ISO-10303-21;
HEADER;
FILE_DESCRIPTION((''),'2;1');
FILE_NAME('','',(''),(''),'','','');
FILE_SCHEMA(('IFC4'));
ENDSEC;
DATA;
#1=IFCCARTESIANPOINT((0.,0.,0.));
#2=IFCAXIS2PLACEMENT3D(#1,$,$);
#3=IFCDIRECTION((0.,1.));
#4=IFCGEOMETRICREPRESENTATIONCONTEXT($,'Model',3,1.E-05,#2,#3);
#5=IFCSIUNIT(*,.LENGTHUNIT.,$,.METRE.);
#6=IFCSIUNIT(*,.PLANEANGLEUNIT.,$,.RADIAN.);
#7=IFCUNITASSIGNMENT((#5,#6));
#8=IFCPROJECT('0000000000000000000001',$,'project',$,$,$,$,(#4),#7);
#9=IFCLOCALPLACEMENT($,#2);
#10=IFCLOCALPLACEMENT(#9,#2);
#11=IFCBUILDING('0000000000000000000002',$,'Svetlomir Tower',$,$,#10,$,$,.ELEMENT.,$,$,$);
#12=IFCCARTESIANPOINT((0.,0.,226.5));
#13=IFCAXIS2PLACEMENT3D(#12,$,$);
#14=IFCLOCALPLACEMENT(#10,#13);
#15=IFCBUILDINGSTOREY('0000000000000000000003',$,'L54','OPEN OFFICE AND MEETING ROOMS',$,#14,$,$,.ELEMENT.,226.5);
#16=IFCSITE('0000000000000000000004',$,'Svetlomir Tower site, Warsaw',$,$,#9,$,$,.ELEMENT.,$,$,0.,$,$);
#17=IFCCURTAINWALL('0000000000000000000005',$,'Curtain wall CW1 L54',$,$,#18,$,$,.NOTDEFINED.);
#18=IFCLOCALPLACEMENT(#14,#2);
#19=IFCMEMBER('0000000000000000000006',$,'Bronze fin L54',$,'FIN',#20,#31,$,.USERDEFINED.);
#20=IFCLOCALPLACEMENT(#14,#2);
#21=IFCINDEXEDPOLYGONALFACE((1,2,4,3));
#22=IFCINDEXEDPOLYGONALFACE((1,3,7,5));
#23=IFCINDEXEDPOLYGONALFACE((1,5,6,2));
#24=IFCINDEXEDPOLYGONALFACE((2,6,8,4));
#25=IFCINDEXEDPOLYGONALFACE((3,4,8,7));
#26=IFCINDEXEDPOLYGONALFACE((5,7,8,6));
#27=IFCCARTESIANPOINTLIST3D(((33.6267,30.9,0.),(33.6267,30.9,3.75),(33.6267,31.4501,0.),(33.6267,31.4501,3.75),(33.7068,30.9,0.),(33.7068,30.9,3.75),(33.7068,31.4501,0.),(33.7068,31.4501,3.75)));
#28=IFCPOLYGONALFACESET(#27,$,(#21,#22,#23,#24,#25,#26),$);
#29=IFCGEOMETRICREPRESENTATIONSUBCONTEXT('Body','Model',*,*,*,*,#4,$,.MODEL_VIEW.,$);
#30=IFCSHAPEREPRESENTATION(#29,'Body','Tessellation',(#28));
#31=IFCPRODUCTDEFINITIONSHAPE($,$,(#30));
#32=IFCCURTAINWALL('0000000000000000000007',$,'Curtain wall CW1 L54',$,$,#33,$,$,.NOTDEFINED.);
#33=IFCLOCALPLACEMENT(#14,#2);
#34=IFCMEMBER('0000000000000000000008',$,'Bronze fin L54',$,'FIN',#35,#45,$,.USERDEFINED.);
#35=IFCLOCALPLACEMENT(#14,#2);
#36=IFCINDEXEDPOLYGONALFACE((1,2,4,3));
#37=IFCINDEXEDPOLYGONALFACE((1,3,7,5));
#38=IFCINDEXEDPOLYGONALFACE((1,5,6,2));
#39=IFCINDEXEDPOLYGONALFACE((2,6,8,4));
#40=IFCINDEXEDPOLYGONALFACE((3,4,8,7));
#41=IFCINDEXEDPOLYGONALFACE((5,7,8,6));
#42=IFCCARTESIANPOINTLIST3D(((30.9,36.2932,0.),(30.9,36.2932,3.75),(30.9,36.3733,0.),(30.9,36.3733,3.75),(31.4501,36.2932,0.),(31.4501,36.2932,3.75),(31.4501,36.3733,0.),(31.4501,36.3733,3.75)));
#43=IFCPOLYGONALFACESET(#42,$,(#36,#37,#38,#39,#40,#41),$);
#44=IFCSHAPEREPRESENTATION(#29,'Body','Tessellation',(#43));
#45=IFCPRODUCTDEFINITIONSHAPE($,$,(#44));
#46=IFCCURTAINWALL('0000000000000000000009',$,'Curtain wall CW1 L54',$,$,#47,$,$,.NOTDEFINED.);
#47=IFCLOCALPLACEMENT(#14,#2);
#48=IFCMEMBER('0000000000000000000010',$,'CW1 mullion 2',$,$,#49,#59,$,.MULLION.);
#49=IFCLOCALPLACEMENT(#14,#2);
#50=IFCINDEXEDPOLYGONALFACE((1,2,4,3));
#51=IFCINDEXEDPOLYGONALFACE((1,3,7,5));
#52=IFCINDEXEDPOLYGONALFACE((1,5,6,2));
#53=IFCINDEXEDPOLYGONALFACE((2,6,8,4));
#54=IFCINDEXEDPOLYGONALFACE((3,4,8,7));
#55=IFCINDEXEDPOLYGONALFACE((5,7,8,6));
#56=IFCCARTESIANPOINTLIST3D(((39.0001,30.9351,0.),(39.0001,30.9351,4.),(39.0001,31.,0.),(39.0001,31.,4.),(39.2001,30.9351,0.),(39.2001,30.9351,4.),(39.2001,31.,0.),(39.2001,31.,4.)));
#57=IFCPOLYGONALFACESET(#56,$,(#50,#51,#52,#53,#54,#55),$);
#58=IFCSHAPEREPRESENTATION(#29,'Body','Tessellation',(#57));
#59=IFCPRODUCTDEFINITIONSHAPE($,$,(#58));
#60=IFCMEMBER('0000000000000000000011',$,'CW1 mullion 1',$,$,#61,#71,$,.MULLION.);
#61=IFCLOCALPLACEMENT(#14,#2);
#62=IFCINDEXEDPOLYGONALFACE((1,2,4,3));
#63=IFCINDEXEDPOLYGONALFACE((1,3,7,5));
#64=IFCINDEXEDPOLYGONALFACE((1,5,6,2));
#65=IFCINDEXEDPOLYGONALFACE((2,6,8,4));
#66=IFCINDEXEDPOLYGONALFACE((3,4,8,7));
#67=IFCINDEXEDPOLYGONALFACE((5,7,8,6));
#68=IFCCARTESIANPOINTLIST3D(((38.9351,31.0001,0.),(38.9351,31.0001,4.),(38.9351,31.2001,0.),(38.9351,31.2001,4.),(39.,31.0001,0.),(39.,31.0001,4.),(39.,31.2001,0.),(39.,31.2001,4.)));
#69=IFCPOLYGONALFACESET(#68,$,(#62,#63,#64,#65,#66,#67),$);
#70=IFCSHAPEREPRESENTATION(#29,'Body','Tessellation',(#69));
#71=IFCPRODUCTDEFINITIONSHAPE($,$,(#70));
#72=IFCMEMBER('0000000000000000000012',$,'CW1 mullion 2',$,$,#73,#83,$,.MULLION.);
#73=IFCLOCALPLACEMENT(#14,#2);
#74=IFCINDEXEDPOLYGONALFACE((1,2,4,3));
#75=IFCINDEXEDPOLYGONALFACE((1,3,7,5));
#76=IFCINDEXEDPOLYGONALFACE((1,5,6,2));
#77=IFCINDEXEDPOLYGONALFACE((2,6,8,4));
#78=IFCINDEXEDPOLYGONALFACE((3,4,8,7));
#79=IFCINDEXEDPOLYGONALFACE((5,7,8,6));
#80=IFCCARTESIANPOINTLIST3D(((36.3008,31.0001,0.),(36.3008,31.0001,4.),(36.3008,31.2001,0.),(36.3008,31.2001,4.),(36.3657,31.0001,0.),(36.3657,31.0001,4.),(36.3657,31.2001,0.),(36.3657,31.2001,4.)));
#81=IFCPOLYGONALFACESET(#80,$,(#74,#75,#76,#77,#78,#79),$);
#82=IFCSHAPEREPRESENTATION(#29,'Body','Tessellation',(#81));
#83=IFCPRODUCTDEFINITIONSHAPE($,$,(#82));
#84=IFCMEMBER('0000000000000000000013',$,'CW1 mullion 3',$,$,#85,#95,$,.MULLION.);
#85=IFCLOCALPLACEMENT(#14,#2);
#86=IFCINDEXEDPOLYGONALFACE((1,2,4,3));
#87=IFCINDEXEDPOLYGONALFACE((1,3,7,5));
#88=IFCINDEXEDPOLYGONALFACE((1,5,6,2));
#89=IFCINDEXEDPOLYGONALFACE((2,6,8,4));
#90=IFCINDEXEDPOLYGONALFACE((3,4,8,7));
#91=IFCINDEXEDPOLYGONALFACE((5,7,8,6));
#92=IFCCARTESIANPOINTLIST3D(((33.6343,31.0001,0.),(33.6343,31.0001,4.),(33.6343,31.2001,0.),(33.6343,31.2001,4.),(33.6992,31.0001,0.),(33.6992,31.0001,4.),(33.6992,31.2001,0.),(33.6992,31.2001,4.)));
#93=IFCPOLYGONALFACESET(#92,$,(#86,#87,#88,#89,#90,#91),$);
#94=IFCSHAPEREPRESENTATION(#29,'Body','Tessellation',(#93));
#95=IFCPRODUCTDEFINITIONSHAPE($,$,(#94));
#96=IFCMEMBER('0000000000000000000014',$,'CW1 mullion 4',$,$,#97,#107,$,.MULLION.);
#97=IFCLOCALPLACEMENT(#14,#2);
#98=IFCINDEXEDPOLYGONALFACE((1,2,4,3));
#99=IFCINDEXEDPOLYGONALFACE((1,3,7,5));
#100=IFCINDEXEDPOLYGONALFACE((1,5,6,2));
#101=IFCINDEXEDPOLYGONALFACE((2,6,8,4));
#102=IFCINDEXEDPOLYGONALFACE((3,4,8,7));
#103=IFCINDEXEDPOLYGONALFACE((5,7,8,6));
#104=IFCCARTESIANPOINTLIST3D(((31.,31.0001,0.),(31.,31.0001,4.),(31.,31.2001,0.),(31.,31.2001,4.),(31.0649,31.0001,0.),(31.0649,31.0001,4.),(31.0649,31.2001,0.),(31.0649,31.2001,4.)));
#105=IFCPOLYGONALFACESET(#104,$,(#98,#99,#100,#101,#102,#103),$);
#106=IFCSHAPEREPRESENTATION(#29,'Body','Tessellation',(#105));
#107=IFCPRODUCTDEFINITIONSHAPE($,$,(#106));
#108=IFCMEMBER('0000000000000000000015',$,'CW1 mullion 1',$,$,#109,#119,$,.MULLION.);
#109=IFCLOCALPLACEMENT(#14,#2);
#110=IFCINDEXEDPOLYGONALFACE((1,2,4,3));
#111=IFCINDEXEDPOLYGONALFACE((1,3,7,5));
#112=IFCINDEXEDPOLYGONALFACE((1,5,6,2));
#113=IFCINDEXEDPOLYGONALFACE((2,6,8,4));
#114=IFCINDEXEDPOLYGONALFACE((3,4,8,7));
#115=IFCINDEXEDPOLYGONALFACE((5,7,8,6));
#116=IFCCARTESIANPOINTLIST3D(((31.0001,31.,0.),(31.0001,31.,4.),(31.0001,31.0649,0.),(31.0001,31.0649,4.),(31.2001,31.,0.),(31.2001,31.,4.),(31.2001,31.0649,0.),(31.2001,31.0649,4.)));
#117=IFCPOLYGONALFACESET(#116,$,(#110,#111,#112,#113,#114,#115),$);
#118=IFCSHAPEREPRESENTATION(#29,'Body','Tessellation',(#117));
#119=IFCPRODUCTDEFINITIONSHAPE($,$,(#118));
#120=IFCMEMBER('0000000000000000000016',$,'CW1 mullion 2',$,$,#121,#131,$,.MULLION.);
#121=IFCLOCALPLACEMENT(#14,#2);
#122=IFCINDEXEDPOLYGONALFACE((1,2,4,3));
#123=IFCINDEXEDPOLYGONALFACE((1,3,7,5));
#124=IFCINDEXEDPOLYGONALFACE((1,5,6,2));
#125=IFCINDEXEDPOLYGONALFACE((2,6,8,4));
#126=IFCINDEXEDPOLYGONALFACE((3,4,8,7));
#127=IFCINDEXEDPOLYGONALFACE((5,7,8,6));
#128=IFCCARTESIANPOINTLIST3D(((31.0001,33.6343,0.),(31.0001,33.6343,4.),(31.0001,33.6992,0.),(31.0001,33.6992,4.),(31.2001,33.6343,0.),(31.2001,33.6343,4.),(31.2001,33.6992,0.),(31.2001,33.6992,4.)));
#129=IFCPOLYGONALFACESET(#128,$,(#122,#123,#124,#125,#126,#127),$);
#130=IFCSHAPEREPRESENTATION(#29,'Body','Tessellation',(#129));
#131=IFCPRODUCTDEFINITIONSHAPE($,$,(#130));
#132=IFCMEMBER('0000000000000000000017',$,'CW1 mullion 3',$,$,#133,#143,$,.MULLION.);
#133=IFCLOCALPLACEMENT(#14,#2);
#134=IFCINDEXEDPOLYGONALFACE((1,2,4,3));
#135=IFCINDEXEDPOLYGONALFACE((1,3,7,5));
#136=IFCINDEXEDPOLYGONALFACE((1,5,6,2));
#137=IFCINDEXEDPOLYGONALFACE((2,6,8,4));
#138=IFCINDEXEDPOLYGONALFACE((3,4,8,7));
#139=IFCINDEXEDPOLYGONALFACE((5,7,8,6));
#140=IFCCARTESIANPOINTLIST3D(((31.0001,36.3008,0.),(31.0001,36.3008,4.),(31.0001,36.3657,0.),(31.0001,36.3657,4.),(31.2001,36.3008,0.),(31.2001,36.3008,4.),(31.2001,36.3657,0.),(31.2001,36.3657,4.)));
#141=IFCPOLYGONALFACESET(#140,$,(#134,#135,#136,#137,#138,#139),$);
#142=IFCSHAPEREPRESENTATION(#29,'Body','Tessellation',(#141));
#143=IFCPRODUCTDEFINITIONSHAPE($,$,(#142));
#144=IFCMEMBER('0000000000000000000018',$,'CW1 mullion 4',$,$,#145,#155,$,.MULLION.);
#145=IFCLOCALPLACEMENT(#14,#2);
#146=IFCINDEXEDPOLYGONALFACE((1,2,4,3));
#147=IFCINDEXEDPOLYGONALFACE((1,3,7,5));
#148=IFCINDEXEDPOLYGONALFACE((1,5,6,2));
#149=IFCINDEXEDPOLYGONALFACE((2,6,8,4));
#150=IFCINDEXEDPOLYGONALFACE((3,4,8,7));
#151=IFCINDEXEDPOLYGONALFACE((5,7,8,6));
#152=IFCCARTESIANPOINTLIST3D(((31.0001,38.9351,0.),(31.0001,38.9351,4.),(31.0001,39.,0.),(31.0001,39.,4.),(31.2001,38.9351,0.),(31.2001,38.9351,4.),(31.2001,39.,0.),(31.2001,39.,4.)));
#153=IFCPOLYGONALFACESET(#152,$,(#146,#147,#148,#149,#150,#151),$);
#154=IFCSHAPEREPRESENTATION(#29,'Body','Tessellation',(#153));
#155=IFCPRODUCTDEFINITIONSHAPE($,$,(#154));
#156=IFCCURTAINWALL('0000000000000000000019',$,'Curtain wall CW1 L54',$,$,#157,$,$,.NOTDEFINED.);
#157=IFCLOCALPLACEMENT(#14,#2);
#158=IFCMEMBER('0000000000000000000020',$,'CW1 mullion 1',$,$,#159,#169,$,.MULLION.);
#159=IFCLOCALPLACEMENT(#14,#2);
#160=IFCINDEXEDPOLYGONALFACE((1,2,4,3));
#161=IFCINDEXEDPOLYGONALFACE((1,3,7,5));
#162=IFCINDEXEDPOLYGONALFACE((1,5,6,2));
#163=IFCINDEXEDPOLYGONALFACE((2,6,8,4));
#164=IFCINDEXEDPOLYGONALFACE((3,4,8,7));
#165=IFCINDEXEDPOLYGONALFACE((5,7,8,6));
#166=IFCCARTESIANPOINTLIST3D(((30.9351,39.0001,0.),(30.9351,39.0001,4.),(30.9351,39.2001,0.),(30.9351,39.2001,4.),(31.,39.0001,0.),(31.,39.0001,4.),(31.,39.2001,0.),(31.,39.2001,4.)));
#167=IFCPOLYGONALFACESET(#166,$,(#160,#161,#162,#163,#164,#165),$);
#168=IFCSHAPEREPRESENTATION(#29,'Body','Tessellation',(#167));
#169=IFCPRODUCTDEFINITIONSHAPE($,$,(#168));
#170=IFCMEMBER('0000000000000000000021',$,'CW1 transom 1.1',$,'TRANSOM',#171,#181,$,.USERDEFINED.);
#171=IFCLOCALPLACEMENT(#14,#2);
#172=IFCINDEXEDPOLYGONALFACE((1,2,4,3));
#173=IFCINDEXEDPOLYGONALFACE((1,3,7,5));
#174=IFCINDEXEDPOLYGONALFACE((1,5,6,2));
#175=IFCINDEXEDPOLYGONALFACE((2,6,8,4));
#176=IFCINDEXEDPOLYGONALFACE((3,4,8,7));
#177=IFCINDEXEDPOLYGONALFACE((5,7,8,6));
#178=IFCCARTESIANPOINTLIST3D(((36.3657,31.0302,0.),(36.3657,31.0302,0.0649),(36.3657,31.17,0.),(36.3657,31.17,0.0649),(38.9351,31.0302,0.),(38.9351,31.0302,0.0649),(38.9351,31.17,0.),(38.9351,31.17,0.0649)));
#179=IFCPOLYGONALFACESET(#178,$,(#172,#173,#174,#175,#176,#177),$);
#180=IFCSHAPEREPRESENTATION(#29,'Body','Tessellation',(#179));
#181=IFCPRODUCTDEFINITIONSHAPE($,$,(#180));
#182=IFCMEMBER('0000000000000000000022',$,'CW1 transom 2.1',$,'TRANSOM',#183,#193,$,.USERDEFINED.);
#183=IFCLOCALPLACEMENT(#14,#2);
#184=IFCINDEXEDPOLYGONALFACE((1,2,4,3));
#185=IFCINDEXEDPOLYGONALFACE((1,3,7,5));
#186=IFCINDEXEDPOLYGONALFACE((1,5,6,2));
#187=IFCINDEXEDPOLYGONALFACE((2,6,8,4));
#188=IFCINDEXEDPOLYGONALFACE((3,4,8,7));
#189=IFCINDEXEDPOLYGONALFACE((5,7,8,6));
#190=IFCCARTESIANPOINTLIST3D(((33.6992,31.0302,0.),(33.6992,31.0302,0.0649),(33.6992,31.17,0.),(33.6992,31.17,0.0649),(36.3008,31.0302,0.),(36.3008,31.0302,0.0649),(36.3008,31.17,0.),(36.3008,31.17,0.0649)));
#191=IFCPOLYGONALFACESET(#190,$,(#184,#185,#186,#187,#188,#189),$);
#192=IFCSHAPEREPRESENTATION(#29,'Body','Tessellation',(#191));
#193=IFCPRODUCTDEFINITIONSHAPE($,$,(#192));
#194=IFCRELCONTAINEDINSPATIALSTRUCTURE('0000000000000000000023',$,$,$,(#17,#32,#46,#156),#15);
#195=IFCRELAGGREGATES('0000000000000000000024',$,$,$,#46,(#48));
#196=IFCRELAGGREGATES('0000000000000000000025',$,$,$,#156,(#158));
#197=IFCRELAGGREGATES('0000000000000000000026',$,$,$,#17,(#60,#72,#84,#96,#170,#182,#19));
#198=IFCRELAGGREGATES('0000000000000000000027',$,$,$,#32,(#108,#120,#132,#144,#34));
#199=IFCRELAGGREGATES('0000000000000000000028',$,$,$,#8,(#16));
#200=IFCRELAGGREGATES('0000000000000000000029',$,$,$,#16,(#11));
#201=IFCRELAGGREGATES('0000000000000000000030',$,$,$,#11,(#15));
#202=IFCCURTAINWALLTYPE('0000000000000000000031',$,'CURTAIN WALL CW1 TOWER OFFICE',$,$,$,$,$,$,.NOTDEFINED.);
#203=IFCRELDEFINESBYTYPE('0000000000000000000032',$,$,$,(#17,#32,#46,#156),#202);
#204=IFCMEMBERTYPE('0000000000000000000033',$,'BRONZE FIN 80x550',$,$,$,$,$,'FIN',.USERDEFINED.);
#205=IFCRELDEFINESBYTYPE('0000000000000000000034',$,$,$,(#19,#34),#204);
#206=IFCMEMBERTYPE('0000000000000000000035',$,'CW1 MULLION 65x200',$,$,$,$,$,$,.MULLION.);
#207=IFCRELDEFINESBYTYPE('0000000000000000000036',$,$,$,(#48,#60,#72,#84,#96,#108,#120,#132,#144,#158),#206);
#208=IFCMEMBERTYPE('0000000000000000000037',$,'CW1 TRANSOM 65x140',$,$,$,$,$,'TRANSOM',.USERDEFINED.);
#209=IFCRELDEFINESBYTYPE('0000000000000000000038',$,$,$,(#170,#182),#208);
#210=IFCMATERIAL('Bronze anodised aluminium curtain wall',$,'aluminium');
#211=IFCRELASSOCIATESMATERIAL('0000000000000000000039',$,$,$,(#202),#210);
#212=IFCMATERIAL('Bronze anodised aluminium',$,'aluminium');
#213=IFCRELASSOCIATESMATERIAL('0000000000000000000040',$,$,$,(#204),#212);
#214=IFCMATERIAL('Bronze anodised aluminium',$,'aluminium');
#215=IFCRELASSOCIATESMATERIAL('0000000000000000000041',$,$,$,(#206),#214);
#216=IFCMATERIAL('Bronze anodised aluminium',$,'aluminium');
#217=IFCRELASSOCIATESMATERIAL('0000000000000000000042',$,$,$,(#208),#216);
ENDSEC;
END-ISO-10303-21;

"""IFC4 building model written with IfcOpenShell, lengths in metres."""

from ifc_helpers import new_model, si_unit, direction, frame, origin, origin_2d, place, context, subcontext, project, spatial, rectangle, extrude, material, material_profile, profile_set, type_object, element, aggregate, save


model = new_model("IFC4")

# Units and contexts
model_context = context("Model", 3, precision=1e-05, world=origin(), true_north=direction((0.0, 1.0)))
body_context = subcontext(model_context, "Body", "Model", "MODEL_VIEW")
ifc_project = project(units=[si_unit("LENGTHUNIT", "METRE"), si_unit("PLANEANGLEUNIT", "RADIAN")], contexts=[model_context])

# Site, building, storey
site_placement = place(None, origin())
site = spatial("IfcSite", under=ifc_project, at=site_placement, Name="Svetlomir Tower site, Warsaw", CompositionType="ELEMENT", RefElevation=0.0)
building_placement = place(site_placement, origin())
building = spatial("IfcBuilding", under=site, at=building_placement, Name="Svetlomir Tower", CompositionType="ELEMENT")
storey_placement = place(building_placement, frame((0.0, 0.0, 226.5)))
storey = spatial("IfcBuildingStorey", under=building, at=storey_placement, Name="L54", Description="OPEN OFFICE AND MEETING ROOMS", CompositionType="ELEMENT", Elevation=226.5)

# Curtain walls, members
ifc_material_1 = material(Name="Bronze anodised aluminium curtain wall", Category="aluminium")
curtain_wall_type = type_object("IfcCurtainWallType", Name="CURTAIN WALL CW1 TOWER OFFICE", PredefinedType="NOTDEFINED", material=ifc_material_1)
curtain_wall_1_placement = place(storey_placement, origin())
curtain_wall_1 = element("IfcCurtainWall", 1, at=curtain_wall_1_placement, inside=storey, type_object=curtain_wall_type, Name="Curtain wall CW1 L54", PredefinedType="NOTDEFINED")
ifc_material_2 = material(Name="Bronze anodised aluminium", Category="aluminium")
ifc_material_profile_1 = material_profile(ifc_material_2, rectangle(XDim=0.0801, YDim=0.55, at=origin_2d()), Name="FIN 80x550")
ifc_profile_set_1 = profile_set([ifc_material_profile_1], Name="Bronze anodised aluminium 6063-T6")
member_type_1 = type_object("IfcMemberType", Name="BRONZE FIN 80x550", ElementType="FIN", PredefinedType="USERDEFINED", material=ifc_profile_set_1)
member_1_placement = place(storey_placement, frame((33.6667, 31.175, 0.0), z_axis=(0.0, 0.0, 1.0), x_axis=(1.0, 0.0, 0.0)))
member_1 = element("IfcMember", 2, at=member_1_placement, type_object=member_type_1, Name="Bronze fin L54", ObjectType="FIN", PredefinedType="USERDEFINED", context=body_context, shape_type="SweptSolid", body=[
    extrude(rectangle(XDim=0.0801, YDim=0.55, at=origin_2d()), origin(), (0.0, 0.0, 1.0), 3.75),
])
curtain_wall_2_placement = place(storey_placement, origin())
curtain_wall_2 = element("IfcCurtainWall", 3, at=curtain_wall_2_placement, inside=storey, type_object=curtain_wall_type, Name="Curtain wall CW1 L54", PredefinedType="NOTDEFINED")
member_2_placement = place(storey_placement, frame((31.175, 36.3333, 0.0), z_axis=(0.0, 0.0, 1.0), x_axis=(0.0, 1.0, 0.0)))
member_2 = element("IfcMember", 4, at=member_2_placement, type_object=member_type_1, Name="Bronze fin L54", ObjectType="FIN", PredefinedType="USERDEFINED", context=body_context, shape_type="SweptSolid", body=[
    extrude(rectangle(XDim=0.0801, YDim=0.55, at=origin_2d()), origin(), (0.0, 0.0, 1.0), 3.75),
])
curtain_wall_3_placement = place(storey_placement, origin())
curtain_wall_3 = element("IfcCurtainWall", 5, at=curtain_wall_3_placement, inside=storey, type_object=curtain_wall_type, Name="Curtain wall CW1 L54", PredefinedType="NOTDEFINED")
ifc_material_3 = material(Name="Bronze anodised aluminium", Category="aluminium")
ifc_material_profile_2 = material_profile(ifc_material_3, rectangle(XDim=0.0649, YDim=0.2, at=origin_2d()), Name="AL 65x200")
ifc_profile_set_2 = profile_set([ifc_material_profile_2], Name="Bronze anodised aluminium 6063-T6")
member_type_2 = type_object("IfcMemberType", Name="CW1 MULLION 65x200", PredefinedType="MULLION", material=ifc_profile_set_2)
member_3_placement = place(storey_placement, frame((39.1001, 30.9675, 0.0), z_axis=(0.0, 0.0, 1.0), x_axis=(0.0, 1.0, 0.0)))
member_3 = element("IfcMember", 6, at=member_3_placement, type_object=member_type_2, Name="CW1 mullion 2", PredefinedType="MULLION", context=body_context, shape_type="SweptSolid", body=[
    extrude(rectangle(XDim=0.0649, YDim=0.2, at=origin_2d()), origin(), (0.0, 0.0, 1.0), 4.0),
])
aggregate(curtain_wall_3, [member_3])

# Members
member_4_placement = place(storey_placement, frame((38.9675, 31.1001, 0.0), z_axis=(0.0, 0.0, 1.0), x_axis=(-1.0, 0.0, 0.0)))
member_4 = element("IfcMember", 7, at=member_4_placement, type_object=member_type_2, Name="CW1 mullion 1", PredefinedType="MULLION", context=body_context, shape_type="SweptSolid", body=[
    extrude(rectangle(XDim=0.0649, YDim=0.2, at=origin_2d()), origin(), (0.0, 0.0, 1.0), 4.0),
])
member_5_placement = place(storey_placement, frame((36.3333, 31.1001, 0.0), z_axis=(0.0, 0.0, 1.0), x_axis=(-1.0, 0.0, 0.0)))
member_5 = element("IfcMember", 8, at=member_5_placement, type_object=member_type_2, Name="CW1 mullion 2", PredefinedType="MULLION", context=body_context, shape_type="SweptSolid", body=[
    extrude(rectangle(XDim=0.0649, YDim=0.2, at=origin_2d()), origin(), (0.0, 0.0, 1.0), 4.0),
])
member_6_placement = place(storey_placement, frame((33.6667, 31.1001, 0.0), z_axis=(0.0, 0.0, 1.0), x_axis=(-1.0, 0.0, 0.0)))
member_6 = element("IfcMember", 9, at=member_6_placement, type_object=member_type_2, Name="CW1 mullion 3", PredefinedType="MULLION", context=body_context, shape_type="SweptSolid", body=[
    extrude(rectangle(XDim=0.0649, YDim=0.2, at=origin_2d()), origin(), (0.0, 0.0, 1.0), 4.0),
])
member_7_placement = place(storey_placement, frame((31.0325, 31.1001, 0.0), z_axis=(0.0, 0.0, 1.0), x_axis=(-1.0, 0.0, 0.0)))
member_7 = element("IfcMember", 10, at=member_7_placement, type_object=member_type_2, Name="CW1 mullion 4", PredefinedType="MULLION", context=body_context, shape_type="SweptSolid", body=[
    extrude(rectangle(XDim=0.0649, YDim=0.2, at=origin_2d()), origin(), (0.0, 0.0, 1.0), 4.0),
])
member_8_placement = place(storey_placement, frame((31.1001, 31.0325, 0.0), z_axis=(0.0, 0.0, 1.0), x_axis=(0.0, 1.0, 0.0)))
member_8 = element("IfcMember", 11, at=member_8_placement, type_object=member_type_2, Name="CW1 mullion 1", PredefinedType="MULLION", context=body_context, shape_type="SweptSolid", body=[
    extrude(rectangle(XDim=0.0649, YDim=0.2, at=origin_2d()), origin(), (0.0, 0.0, 1.0), 4.0),
])
member_9_placement = place(storey_placement, frame((31.1001, 33.6667, 0.0), z_axis=(0.0, 0.0, 1.0), x_axis=(0.0, 1.0, 0.0)))
member_9 = element("IfcMember", 12, at=member_9_placement, type_object=member_type_2, Name="CW1 mullion 2", PredefinedType="MULLION", context=body_context, shape_type="SweptSolid", body=[
    extrude(rectangle(XDim=0.0649, YDim=0.2, at=origin_2d()), origin(), (0.0, 0.0, 1.0), 4.0),
])
member_10_placement = place(storey_placement, frame((31.1001, 36.3333, 0.0), z_axis=(0.0, 0.0, 1.0), x_axis=(0.0, 1.0, 0.0)))
member_10 = element("IfcMember", 13, at=member_10_placement, type_object=member_type_2, Name="CW1 mullion 3", PredefinedType="MULLION", context=body_context, shape_type="SweptSolid", body=[
    extrude(rectangle(XDim=0.0649, YDim=0.2, at=origin_2d()), origin(), (0.0, 0.0, 1.0), 4.0),
])
member_11_placement = place(storey_placement, frame((31.1001, 38.9675, 0.0), z_axis=(0.0, 0.0, 1.0), x_axis=(0.0, 1.0, 0.0)))
member_11 = element("IfcMember", 14, at=member_11_placement, type_object=member_type_2, Name="CW1 mullion 4", PredefinedType="MULLION", context=body_context, shape_type="SweptSolid", body=[
    extrude(rectangle(XDim=0.0649, YDim=0.2, at=origin_2d()), origin(), (0.0, 0.0, 1.0), 4.0),
])

# Curtain wall, member
curtain_wall_4_placement = place(storey_placement, origin())
curtain_wall_4 = element("IfcCurtainWall", 15, at=curtain_wall_4_placement, inside=storey, type_object=curtain_wall_type, Name="Curtain wall CW1 L54", PredefinedType="NOTDEFINED")
member_12_placement = place(storey_placement, frame((30.9675, 39.1001, 0.0), z_axis=(0.0, 0.0, 1.0), x_axis=(-1.0, 0.0, 0.0)))
member_12 = element("IfcMember", 16, at=member_12_placement, type_object=member_type_2, Name="CW1 mullion 1", PredefinedType="MULLION", context=body_context, shape_type="SweptSolid", body=[
    extrude(rectangle(XDim=0.0649, YDim=0.2, at=origin_2d()), origin(), (0.0, 0.0, 1.0), 4.0),
])

# Members
ifc_material_4 = material(Name="Bronze anodised aluminium", Category="aluminium")
ifc_material_profile_3 = material_profile(ifc_material_4, rectangle(XDim=0.1399, YDim=0.0649, at=origin_2d()), Name="AL 140x65")
ifc_profile_set_3 = profile_set([ifc_material_profile_3], Name="Bronze anodised aluminium 6063-T6")
member_type_3 = type_object("IfcMemberType", Name="CW1 TRANSOM 65x140", ElementType="TRANSOM", PredefinedType="USERDEFINED", material=ifc_profile_set_3)
member_13_placement = place(storey_placement, frame((38.9351, 31.1001, 0.0325), z_axis=(-1.0, 0.0, 0.0), x_axis=(0.0, -1.0, 0.0)))
member_13 = element("IfcMember", 17, at=member_13_placement, type_object=member_type_3, Name="CW1 transom 1.1", ObjectType="TRANSOM", PredefinedType="USERDEFINED", context=body_context, shape_type="SweptSolid", body=[
    extrude(rectangle(XDim=0.1399, YDim=0.0649, at=origin_2d()), origin(), (0.0, 0.0, 1.0), 2.5693),
])
member_14_placement = place(storey_placement, frame((36.3008, 31.1001, 0.0325), z_axis=(-1.0, 0.0, 0.0), x_axis=(0.0, -1.0, 0.0)))
member_14 = element("IfcMember", 18, at=member_14_placement, type_object=member_type_3, Name="CW1 transom 2.1", ObjectType="TRANSOM", PredefinedType="USERDEFINED", context=body_context, shape_type="SweptSolid", body=[
    extrude(rectangle(XDim=0.1399, YDim=0.0649, at=origin_2d()), origin(), (0.0, 0.0, 1.0), 2.6016),
])
aggregate(curtain_wall_4, [member_12])

aggregate(curtain_wall_1, [member_4, member_5, member_6, member_7, member_13, member_14, member_1])
aggregate(curtain_wall_2, [member_8, member_9, member_10, member_11, member_2])

save(model, "model.ifc")
